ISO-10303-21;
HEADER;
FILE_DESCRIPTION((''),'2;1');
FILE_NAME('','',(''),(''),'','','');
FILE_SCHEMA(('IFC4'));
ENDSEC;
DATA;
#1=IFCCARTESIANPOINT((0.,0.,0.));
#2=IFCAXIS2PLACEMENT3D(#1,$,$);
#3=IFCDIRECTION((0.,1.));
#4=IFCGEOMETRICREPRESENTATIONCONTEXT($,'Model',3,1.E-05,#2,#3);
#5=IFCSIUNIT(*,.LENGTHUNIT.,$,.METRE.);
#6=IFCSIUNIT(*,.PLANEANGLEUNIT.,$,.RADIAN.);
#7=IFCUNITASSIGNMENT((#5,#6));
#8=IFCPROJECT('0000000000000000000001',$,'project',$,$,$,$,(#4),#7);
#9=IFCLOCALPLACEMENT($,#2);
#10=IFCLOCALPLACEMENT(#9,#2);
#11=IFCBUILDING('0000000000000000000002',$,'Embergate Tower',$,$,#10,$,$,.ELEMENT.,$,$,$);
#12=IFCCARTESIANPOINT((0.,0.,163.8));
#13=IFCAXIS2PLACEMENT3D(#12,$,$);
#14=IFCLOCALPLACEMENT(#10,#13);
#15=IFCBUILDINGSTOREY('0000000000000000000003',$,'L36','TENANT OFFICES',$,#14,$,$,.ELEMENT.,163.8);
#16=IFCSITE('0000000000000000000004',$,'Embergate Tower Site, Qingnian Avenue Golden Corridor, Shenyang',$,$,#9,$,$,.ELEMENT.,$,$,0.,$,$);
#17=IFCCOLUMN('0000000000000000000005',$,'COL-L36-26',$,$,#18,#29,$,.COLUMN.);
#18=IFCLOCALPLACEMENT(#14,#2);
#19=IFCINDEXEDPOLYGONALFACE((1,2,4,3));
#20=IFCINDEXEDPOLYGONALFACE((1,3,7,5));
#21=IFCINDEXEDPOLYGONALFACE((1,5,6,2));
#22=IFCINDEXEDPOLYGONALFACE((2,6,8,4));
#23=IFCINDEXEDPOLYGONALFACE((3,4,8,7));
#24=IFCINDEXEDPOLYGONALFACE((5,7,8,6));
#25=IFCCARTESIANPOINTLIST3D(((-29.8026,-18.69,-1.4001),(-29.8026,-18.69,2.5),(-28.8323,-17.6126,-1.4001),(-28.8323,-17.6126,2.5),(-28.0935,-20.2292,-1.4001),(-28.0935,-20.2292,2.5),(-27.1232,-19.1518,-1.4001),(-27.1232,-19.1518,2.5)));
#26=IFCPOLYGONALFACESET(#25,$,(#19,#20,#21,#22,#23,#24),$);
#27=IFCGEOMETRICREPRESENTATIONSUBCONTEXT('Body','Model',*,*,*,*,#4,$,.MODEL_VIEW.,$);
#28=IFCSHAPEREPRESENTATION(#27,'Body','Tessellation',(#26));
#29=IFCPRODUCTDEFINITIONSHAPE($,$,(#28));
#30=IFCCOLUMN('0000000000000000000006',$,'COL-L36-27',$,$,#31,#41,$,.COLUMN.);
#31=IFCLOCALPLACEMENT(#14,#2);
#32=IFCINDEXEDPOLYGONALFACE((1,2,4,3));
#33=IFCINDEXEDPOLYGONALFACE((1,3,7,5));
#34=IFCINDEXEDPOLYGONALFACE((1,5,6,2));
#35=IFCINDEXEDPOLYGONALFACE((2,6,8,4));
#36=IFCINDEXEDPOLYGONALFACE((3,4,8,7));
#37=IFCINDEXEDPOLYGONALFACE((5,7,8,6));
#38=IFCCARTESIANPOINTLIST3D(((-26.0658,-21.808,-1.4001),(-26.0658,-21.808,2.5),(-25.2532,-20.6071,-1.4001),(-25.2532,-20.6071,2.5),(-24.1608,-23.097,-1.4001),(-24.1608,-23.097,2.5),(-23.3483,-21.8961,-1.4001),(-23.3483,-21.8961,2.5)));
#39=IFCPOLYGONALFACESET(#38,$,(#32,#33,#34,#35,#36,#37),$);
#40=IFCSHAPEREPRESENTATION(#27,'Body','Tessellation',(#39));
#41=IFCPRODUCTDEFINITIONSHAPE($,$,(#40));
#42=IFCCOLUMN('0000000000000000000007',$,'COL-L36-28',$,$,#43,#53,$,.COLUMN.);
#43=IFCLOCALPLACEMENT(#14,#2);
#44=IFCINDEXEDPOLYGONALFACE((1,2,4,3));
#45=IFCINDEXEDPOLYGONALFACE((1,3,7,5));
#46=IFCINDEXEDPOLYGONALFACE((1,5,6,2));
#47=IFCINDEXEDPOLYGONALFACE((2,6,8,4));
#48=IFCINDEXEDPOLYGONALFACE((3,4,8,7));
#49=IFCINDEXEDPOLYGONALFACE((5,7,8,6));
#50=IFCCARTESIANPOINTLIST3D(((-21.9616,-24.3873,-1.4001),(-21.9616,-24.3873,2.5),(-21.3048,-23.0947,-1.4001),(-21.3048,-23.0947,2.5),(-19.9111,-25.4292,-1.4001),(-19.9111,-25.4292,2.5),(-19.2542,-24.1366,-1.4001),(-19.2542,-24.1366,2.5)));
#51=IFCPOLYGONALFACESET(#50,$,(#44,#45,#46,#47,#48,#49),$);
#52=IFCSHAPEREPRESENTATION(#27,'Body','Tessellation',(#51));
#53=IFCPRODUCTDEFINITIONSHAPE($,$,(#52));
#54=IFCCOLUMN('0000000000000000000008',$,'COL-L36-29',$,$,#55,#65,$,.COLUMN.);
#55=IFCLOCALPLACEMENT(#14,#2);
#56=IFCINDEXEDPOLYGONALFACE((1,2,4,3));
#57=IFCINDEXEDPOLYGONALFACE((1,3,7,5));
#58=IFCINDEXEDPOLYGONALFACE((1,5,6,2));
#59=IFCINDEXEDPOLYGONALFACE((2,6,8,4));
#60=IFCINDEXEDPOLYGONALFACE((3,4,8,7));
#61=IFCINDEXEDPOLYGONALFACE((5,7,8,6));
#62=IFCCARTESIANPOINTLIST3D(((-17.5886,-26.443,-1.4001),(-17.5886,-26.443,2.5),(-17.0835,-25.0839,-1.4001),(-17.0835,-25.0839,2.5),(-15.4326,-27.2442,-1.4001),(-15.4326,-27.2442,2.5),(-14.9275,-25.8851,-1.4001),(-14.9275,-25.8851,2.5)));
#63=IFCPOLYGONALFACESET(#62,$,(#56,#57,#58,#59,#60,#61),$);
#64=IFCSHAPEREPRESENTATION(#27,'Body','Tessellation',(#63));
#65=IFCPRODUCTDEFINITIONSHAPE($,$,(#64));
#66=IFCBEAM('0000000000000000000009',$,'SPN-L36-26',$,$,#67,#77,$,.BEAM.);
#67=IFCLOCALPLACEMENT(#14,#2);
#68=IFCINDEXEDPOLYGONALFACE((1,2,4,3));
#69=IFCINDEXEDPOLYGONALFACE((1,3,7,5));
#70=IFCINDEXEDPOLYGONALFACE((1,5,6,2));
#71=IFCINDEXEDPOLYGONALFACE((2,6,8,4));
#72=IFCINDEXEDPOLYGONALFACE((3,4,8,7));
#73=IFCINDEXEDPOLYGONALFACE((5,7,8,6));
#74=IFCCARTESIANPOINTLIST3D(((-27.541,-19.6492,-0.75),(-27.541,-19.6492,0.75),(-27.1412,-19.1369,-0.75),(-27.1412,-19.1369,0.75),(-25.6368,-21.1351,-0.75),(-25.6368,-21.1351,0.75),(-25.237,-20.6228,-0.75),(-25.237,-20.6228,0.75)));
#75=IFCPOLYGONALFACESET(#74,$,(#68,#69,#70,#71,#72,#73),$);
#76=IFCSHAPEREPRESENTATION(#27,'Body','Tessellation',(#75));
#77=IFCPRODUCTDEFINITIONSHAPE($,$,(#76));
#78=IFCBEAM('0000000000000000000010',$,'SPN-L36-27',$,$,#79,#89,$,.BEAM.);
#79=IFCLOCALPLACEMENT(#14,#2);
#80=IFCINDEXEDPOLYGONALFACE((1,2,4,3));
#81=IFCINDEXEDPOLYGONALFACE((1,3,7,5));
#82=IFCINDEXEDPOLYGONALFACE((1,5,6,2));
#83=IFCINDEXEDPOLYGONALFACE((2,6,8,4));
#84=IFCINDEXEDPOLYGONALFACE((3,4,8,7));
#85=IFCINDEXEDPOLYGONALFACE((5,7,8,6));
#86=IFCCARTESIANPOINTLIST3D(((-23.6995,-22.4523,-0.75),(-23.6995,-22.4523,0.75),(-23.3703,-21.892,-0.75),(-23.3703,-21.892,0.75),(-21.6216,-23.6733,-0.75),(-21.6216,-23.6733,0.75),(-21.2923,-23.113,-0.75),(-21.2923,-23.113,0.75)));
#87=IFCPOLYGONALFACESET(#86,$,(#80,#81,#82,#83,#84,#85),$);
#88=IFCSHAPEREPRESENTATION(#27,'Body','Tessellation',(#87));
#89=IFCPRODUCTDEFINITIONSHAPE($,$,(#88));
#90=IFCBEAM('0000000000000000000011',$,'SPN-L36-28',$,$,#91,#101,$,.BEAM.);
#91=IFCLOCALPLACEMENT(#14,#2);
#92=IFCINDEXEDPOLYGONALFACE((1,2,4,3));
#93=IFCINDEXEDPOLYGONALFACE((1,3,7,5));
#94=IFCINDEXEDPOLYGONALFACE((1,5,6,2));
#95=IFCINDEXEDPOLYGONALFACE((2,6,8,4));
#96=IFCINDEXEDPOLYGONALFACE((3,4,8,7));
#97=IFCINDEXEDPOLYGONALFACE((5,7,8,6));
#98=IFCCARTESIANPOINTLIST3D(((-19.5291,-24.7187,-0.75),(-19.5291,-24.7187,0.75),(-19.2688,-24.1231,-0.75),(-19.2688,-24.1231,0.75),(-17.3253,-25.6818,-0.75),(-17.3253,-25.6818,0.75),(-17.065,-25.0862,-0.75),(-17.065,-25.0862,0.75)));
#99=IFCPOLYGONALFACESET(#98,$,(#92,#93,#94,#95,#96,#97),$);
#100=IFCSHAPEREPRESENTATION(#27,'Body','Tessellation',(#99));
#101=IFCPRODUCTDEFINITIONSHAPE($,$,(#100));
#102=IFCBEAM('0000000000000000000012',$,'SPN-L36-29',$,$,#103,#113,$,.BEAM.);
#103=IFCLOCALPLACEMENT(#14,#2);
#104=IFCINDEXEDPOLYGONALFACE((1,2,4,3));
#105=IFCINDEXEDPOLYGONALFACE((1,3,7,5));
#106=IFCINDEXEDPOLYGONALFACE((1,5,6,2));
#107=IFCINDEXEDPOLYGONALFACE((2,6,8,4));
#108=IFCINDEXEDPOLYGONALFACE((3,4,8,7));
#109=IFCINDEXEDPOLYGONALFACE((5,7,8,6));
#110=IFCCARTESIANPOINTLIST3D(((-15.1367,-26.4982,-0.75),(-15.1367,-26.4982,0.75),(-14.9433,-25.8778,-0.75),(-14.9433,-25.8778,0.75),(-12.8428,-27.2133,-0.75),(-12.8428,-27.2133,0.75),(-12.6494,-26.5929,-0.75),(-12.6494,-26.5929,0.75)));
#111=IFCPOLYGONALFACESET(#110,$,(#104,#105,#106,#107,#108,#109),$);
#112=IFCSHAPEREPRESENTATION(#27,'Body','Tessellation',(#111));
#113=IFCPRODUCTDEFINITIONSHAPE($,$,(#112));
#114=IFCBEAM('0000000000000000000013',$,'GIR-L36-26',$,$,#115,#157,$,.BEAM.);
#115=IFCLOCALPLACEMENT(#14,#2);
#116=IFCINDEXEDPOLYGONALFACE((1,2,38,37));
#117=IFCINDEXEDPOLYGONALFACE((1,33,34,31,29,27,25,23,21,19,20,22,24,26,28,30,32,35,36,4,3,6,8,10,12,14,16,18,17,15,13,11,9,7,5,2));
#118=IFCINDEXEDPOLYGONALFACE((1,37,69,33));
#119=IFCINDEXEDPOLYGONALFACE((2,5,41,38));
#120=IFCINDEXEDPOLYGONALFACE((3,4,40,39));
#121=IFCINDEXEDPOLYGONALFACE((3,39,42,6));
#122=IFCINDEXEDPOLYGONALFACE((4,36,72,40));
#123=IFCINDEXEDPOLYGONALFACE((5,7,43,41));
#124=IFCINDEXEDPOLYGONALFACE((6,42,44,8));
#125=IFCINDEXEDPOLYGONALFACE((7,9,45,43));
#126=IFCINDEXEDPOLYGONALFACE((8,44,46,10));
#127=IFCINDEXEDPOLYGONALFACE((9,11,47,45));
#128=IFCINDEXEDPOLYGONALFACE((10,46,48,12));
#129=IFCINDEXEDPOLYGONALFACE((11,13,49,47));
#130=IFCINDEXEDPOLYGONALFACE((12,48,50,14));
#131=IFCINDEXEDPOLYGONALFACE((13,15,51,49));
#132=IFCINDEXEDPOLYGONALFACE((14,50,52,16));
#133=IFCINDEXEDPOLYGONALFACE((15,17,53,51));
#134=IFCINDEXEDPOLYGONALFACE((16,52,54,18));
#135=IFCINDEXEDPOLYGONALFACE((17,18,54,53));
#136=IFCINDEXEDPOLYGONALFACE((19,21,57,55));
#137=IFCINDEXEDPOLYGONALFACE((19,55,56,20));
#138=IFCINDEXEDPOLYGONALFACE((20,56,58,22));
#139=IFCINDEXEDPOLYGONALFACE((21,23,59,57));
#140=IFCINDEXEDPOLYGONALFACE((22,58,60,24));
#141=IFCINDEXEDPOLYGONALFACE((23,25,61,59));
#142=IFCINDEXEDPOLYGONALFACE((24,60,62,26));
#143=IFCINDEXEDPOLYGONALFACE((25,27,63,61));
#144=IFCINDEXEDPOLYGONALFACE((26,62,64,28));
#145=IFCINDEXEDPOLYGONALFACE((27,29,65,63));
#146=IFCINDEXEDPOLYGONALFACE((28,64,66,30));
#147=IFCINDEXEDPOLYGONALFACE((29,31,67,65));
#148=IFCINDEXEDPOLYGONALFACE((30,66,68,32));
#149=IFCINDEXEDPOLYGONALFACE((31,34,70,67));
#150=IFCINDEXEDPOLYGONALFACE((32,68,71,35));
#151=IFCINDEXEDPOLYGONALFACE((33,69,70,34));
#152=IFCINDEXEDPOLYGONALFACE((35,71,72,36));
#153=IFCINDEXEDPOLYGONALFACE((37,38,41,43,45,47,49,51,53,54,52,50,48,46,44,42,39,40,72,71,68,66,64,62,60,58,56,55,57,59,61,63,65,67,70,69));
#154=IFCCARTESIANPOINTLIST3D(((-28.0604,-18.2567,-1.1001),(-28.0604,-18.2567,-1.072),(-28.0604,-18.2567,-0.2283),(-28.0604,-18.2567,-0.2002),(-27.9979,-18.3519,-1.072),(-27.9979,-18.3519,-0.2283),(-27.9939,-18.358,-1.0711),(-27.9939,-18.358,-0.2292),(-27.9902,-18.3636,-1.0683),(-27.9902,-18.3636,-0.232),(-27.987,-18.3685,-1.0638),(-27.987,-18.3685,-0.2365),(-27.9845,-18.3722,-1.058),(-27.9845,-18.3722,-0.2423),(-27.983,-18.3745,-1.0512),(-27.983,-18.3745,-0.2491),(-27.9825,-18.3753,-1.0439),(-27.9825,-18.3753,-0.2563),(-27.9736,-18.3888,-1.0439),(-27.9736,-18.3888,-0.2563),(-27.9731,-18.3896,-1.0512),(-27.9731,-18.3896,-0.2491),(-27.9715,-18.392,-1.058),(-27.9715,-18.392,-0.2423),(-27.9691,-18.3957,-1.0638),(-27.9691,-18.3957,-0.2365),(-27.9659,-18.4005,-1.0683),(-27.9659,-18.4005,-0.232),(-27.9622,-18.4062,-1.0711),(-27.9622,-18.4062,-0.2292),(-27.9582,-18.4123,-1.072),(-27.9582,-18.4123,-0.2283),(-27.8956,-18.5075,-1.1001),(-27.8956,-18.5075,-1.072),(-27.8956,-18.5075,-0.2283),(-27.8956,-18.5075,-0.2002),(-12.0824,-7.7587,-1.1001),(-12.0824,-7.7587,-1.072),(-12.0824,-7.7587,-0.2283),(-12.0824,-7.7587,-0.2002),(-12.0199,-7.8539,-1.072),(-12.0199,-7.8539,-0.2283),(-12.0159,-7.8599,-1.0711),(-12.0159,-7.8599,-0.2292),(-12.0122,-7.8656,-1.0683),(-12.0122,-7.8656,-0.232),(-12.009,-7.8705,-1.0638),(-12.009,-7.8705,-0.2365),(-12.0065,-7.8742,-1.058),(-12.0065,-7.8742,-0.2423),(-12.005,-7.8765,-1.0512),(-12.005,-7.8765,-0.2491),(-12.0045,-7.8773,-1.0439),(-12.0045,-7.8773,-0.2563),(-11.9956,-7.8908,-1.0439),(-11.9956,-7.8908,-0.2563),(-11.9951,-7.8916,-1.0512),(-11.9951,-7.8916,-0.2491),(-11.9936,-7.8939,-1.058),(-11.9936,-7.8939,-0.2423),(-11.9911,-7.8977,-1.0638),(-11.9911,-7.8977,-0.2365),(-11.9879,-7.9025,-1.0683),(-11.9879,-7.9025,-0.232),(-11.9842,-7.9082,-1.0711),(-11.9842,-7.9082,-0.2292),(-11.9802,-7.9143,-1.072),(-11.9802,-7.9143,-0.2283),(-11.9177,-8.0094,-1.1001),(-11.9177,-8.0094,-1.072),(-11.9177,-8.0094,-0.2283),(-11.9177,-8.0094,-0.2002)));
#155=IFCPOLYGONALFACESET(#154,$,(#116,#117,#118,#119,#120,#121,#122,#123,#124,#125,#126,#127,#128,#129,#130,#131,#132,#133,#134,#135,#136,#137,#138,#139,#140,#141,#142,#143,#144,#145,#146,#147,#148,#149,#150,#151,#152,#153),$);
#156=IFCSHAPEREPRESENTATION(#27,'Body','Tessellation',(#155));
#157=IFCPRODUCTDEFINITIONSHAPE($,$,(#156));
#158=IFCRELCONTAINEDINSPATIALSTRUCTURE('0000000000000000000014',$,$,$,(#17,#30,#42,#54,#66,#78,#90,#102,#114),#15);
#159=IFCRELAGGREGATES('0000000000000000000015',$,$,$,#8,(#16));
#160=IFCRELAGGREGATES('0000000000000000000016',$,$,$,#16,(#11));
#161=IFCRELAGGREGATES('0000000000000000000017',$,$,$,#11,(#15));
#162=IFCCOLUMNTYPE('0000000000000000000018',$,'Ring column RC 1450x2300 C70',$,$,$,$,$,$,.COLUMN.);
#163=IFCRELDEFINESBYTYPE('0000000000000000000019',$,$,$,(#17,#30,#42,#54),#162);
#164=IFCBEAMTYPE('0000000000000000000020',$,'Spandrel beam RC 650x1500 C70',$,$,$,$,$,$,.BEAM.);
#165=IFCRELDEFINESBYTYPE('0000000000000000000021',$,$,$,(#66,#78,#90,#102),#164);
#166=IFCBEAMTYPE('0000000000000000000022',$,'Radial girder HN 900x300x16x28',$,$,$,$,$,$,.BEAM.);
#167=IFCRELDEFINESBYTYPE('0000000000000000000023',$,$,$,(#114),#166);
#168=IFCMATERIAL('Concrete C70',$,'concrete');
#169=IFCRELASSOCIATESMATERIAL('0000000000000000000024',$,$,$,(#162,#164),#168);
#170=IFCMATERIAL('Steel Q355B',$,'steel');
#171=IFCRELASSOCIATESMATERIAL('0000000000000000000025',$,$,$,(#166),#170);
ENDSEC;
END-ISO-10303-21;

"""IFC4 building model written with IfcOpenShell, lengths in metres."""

from ifc_helpers import new_model, si_unit, direction, frame, origin, origin_2d, place, context, subcontext, project, spatial, rectangle, i_section, extrude, source, transform, mapped, material, material_profile, profile_set, type_object, element, save


model = new_model("IFC4")

# Units and contexts
model_context = context("Model", 3, precision=1e-05, world=origin(), true_north=direction((0.0, 1.0)))
body_context = subcontext(model_context, "Body", "Model", "MODEL_VIEW")
ifc_project = project(units=[si_unit("LENGTHUNIT", "METRE"), si_unit("PLANEANGLEUNIT", "RADIAN")], contexts=[model_context])

# Site, building, storey
site_placement = place(None, origin())
site = spatial("IfcSite", under=ifc_project, at=site_placement, Name="Embergate Tower Site, Qingnian Avenue Golden Corridor, Shenyang", CompositionType="ELEMENT", RefElevation=0.0)
building_placement = place(site_placement, origin())
building = spatial("IfcBuilding", under=site, at=building_placement, Name="Embergate Tower", CompositionType="ELEMENT")
storey_placement = place(building_placement, frame((0.0, 0.0, 163.8)))
storey = spatial("IfcBuildingStorey", under=building, at=storey_placement, Name="L36", Description="TENANT OFFICES", CompositionType="ELEMENT", Elevation=163.8)

# Columns
ifc_material_1 = material(Name="Concrete C70", Category="concrete")
ifc_material_profile_1 = material_profile(ifc_material_1, rectangle(XDim=1.45, YDim=2.3, at=origin_2d()), Name="RC 1450x2300")
ifc_profile_set_1 = profile_set([ifc_material_profile_1], Name="Concrete C70")
column_type = type_object("IfcColumnType", Name="Ring column RC 1450x2300 C70", PredefinedType="COLUMN", material=ifc_profile_set_1)
shared_shape_1 = source(origin(), body_context, "Body", "SweptSolid", [
    extrude(rectangle(XDim=1.45, YDim=2.3, at=origin_2d()), origin(), (0.0, 0.0, 1.0), 3.9001),
])
for number, where, z_axis, x_axis, name in (
    (1, (-28.4629, -18.9209, -1.4001), (0.0, 0.0, 1.0), (-0.669208, -0.743075, 0.0), "COL-L36-26"),
    (2, (-24.707, -21.8521, -1.4001), (0.0, 0.0, 1.0), (-0.560393, -0.828227, 0.0), "COL-L36-27"),
    (3, (-20.6079, -24.262, -1.4001), (0.0, 0.0, 1.0), (-0.452995, -0.891513, 0.0), "COL-L36-28"),
    (4, (-16.2581, -26.1641, -1.4001), (0.0, 0.0, 1.0), (-0.348343, -0.937367, 0.0), "COL-L36-29"),
):
    element("IfcColumn", number, at=place(storey_placement, frame(where, z_axis=z_axis, x_axis=x_axis)), inside=storey, type_object=column_type, Name=name, PredefinedType="COLUMN", context=body_context, shape_type="MappedRepresentation", body=[
        mapped(shared_shape_1, transform((0.0, 0.0, 0.0))),
    ])

# Beams
ifc_material_profile_2 = material_profile(ifc_material_1, rectangle(XDim=0.6499, YDim=1.5, at=origin_2d()), Name="RC 650x1500")
ifc_profile_set_2 = profile_set([ifc_material_profile_2], Name="Concrete C70")
beam_type_1 = type_object("IfcBeamType", Name="Spandrel beam RC 650x1500 C70", PredefinedType="BEAM", material=ifc_profile_set_2)
shared_shape_2 = source(origin(), body_context, "Body", "SweptSolid", [
    extrude(rectangle(XDim=0.6499, YDim=1.5, at=origin_2d()), origin(), (0.0, 0.0, 1.0), 2.4153),
])
beam_1_placement = place(storey_placement, frame((-27.3411, -19.3931, 0.0), z_axis=(0.788366, -0.615207, 0.0), x_axis=(0.615207, 0.788366, 0.0)))
element("IfcBeam", 5, at=beam_1_placement, inside=storey, type_object=beam_type_1, Name="SPN-L36-26", PredefinedType="BEAM", context=body_context, shape_type="MappedRepresentation", body=[
    mapped(shared_shape_2, transform((0.0, 0.0, 0.0))),
])
shared_shape_3 = source(origin(), body_context, "Body", "SweptSolid", [
    extrude(rectangle(XDim=0.6499, YDim=1.5, at=origin_2d()), origin(), (0.0, 0.0, 1.0), 2.4102),
])
beam_2_placement = place(storey_placement, frame((-23.5349, -22.1721, 0.0), z_axis=(0.862176, -0.506608, 0.0), x_axis=(0.506608, 0.862176, 0.0)))
element("IfcBeam", 6, at=beam_2_placement, inside=storey, type_object=beam_type_1, Name="SPN-L36-27", PredefinedType="BEAM", context=body_context, shape_type="MappedRepresentation", body=[
    mapped(shared_shape_3, transform((0.0, 0.0, 0.0))),
])
shared_shape_4 = source(origin(), body_context, "Body", "SweptSolid", [
    extrude(rectangle(XDim=0.6499, YDim=1.5, at=origin_2d()), origin(), (0.0, 0.0, 1.0), 2.405),
])
beam_3_placement = place(storey_placement, frame((-19.3989, -24.4209, 0.0), z_axis=(0.916318, -0.400451, 0.0), x_axis=(0.400451, 0.916318, 0.0)))
element("IfcBeam", 7, at=beam_3_placement, inside=storey, type_object=beam_type_1, Name="SPN-L36-28", PredefinedType="BEAM", context=body_context, shape_type="MappedRepresentation", body=[
    mapped(shared_shape_4, transform((0.0, 0.0, 0.0))),
])
shared_shape_5 = source(origin(), body_context, "Body", "SweptSolid", [
    extrude(rectangle(XDim=0.6499, YDim=1.5, at=origin_2d()), origin(), (0.0, 0.0, 1.0), 2.4028),
])
beam_4_placement = place(storey_placement, frame((-15.04, -26.188, 0.0), z_axis=(0.954689, -0.297604, 0.0), x_axis=(0.297604, 0.954689, 0.0)))
element("IfcBeam", 8, at=beam_4_placement, inside=storey, type_object=beam_type_1, Name="SPN-L36-29", PredefinedType="BEAM", context=body_context, shape_type="MappedRepresentation", body=[
    mapped(shared_shape_5, transform((0.0, 0.0, 0.0))),
])
ifc_material_2 = material(Name="Steel Q355B", Category="steel")
ifc_material_profile_3 = material_profile(ifc_material_2, i_section(OverallWidth=0.3, OverallDepth=0.8999, WebThickness=0.0161, FlangeThickness=0.0281, FilletRadius=0.0281, at=origin_2d()), Name="HN 900x300x16x28")
ifc_profile_set_3 = profile_set([ifc_material_profile_3], Name="Steel Q355 grade B")
beam_type_2 = type_object("IfcBeamType", Name="Radial girder HN 900x300x16x28", PredefinedType="BEAM", material=ifc_profile_set_3)
shared_shape_6 = source(origin(), body_context, "Body", "SweptSolid", [
    extrude(i_section(OverallWidth=0.3, OverallDepth=0.8999, WebThickness=0.0161, FlangeThickness=0.0281, FilletRadius=0.0281, at=origin_2d()), origin(), (0.0, 0.0, 1.0), 19.1182),
])
beam_5_placement = place(storey_placement, frame((-27.978, -18.3821, -0.6501), z_axis=(0.835749, 0.549112, 0.0), x_axis=(-0.549112, 0.835749, 0.0)))
element("IfcBeam", 9, at=beam_5_placement, inside=storey, type_object=beam_type_2, Name="GIR-L36-26", PredefinedType="BEAM", context=body_context, shape_type="MappedRepresentation", body=[
    mapped(shared_shape_6, transform((0.0, 0.0, 0.0))),
])

save(model, "model.ifc")
